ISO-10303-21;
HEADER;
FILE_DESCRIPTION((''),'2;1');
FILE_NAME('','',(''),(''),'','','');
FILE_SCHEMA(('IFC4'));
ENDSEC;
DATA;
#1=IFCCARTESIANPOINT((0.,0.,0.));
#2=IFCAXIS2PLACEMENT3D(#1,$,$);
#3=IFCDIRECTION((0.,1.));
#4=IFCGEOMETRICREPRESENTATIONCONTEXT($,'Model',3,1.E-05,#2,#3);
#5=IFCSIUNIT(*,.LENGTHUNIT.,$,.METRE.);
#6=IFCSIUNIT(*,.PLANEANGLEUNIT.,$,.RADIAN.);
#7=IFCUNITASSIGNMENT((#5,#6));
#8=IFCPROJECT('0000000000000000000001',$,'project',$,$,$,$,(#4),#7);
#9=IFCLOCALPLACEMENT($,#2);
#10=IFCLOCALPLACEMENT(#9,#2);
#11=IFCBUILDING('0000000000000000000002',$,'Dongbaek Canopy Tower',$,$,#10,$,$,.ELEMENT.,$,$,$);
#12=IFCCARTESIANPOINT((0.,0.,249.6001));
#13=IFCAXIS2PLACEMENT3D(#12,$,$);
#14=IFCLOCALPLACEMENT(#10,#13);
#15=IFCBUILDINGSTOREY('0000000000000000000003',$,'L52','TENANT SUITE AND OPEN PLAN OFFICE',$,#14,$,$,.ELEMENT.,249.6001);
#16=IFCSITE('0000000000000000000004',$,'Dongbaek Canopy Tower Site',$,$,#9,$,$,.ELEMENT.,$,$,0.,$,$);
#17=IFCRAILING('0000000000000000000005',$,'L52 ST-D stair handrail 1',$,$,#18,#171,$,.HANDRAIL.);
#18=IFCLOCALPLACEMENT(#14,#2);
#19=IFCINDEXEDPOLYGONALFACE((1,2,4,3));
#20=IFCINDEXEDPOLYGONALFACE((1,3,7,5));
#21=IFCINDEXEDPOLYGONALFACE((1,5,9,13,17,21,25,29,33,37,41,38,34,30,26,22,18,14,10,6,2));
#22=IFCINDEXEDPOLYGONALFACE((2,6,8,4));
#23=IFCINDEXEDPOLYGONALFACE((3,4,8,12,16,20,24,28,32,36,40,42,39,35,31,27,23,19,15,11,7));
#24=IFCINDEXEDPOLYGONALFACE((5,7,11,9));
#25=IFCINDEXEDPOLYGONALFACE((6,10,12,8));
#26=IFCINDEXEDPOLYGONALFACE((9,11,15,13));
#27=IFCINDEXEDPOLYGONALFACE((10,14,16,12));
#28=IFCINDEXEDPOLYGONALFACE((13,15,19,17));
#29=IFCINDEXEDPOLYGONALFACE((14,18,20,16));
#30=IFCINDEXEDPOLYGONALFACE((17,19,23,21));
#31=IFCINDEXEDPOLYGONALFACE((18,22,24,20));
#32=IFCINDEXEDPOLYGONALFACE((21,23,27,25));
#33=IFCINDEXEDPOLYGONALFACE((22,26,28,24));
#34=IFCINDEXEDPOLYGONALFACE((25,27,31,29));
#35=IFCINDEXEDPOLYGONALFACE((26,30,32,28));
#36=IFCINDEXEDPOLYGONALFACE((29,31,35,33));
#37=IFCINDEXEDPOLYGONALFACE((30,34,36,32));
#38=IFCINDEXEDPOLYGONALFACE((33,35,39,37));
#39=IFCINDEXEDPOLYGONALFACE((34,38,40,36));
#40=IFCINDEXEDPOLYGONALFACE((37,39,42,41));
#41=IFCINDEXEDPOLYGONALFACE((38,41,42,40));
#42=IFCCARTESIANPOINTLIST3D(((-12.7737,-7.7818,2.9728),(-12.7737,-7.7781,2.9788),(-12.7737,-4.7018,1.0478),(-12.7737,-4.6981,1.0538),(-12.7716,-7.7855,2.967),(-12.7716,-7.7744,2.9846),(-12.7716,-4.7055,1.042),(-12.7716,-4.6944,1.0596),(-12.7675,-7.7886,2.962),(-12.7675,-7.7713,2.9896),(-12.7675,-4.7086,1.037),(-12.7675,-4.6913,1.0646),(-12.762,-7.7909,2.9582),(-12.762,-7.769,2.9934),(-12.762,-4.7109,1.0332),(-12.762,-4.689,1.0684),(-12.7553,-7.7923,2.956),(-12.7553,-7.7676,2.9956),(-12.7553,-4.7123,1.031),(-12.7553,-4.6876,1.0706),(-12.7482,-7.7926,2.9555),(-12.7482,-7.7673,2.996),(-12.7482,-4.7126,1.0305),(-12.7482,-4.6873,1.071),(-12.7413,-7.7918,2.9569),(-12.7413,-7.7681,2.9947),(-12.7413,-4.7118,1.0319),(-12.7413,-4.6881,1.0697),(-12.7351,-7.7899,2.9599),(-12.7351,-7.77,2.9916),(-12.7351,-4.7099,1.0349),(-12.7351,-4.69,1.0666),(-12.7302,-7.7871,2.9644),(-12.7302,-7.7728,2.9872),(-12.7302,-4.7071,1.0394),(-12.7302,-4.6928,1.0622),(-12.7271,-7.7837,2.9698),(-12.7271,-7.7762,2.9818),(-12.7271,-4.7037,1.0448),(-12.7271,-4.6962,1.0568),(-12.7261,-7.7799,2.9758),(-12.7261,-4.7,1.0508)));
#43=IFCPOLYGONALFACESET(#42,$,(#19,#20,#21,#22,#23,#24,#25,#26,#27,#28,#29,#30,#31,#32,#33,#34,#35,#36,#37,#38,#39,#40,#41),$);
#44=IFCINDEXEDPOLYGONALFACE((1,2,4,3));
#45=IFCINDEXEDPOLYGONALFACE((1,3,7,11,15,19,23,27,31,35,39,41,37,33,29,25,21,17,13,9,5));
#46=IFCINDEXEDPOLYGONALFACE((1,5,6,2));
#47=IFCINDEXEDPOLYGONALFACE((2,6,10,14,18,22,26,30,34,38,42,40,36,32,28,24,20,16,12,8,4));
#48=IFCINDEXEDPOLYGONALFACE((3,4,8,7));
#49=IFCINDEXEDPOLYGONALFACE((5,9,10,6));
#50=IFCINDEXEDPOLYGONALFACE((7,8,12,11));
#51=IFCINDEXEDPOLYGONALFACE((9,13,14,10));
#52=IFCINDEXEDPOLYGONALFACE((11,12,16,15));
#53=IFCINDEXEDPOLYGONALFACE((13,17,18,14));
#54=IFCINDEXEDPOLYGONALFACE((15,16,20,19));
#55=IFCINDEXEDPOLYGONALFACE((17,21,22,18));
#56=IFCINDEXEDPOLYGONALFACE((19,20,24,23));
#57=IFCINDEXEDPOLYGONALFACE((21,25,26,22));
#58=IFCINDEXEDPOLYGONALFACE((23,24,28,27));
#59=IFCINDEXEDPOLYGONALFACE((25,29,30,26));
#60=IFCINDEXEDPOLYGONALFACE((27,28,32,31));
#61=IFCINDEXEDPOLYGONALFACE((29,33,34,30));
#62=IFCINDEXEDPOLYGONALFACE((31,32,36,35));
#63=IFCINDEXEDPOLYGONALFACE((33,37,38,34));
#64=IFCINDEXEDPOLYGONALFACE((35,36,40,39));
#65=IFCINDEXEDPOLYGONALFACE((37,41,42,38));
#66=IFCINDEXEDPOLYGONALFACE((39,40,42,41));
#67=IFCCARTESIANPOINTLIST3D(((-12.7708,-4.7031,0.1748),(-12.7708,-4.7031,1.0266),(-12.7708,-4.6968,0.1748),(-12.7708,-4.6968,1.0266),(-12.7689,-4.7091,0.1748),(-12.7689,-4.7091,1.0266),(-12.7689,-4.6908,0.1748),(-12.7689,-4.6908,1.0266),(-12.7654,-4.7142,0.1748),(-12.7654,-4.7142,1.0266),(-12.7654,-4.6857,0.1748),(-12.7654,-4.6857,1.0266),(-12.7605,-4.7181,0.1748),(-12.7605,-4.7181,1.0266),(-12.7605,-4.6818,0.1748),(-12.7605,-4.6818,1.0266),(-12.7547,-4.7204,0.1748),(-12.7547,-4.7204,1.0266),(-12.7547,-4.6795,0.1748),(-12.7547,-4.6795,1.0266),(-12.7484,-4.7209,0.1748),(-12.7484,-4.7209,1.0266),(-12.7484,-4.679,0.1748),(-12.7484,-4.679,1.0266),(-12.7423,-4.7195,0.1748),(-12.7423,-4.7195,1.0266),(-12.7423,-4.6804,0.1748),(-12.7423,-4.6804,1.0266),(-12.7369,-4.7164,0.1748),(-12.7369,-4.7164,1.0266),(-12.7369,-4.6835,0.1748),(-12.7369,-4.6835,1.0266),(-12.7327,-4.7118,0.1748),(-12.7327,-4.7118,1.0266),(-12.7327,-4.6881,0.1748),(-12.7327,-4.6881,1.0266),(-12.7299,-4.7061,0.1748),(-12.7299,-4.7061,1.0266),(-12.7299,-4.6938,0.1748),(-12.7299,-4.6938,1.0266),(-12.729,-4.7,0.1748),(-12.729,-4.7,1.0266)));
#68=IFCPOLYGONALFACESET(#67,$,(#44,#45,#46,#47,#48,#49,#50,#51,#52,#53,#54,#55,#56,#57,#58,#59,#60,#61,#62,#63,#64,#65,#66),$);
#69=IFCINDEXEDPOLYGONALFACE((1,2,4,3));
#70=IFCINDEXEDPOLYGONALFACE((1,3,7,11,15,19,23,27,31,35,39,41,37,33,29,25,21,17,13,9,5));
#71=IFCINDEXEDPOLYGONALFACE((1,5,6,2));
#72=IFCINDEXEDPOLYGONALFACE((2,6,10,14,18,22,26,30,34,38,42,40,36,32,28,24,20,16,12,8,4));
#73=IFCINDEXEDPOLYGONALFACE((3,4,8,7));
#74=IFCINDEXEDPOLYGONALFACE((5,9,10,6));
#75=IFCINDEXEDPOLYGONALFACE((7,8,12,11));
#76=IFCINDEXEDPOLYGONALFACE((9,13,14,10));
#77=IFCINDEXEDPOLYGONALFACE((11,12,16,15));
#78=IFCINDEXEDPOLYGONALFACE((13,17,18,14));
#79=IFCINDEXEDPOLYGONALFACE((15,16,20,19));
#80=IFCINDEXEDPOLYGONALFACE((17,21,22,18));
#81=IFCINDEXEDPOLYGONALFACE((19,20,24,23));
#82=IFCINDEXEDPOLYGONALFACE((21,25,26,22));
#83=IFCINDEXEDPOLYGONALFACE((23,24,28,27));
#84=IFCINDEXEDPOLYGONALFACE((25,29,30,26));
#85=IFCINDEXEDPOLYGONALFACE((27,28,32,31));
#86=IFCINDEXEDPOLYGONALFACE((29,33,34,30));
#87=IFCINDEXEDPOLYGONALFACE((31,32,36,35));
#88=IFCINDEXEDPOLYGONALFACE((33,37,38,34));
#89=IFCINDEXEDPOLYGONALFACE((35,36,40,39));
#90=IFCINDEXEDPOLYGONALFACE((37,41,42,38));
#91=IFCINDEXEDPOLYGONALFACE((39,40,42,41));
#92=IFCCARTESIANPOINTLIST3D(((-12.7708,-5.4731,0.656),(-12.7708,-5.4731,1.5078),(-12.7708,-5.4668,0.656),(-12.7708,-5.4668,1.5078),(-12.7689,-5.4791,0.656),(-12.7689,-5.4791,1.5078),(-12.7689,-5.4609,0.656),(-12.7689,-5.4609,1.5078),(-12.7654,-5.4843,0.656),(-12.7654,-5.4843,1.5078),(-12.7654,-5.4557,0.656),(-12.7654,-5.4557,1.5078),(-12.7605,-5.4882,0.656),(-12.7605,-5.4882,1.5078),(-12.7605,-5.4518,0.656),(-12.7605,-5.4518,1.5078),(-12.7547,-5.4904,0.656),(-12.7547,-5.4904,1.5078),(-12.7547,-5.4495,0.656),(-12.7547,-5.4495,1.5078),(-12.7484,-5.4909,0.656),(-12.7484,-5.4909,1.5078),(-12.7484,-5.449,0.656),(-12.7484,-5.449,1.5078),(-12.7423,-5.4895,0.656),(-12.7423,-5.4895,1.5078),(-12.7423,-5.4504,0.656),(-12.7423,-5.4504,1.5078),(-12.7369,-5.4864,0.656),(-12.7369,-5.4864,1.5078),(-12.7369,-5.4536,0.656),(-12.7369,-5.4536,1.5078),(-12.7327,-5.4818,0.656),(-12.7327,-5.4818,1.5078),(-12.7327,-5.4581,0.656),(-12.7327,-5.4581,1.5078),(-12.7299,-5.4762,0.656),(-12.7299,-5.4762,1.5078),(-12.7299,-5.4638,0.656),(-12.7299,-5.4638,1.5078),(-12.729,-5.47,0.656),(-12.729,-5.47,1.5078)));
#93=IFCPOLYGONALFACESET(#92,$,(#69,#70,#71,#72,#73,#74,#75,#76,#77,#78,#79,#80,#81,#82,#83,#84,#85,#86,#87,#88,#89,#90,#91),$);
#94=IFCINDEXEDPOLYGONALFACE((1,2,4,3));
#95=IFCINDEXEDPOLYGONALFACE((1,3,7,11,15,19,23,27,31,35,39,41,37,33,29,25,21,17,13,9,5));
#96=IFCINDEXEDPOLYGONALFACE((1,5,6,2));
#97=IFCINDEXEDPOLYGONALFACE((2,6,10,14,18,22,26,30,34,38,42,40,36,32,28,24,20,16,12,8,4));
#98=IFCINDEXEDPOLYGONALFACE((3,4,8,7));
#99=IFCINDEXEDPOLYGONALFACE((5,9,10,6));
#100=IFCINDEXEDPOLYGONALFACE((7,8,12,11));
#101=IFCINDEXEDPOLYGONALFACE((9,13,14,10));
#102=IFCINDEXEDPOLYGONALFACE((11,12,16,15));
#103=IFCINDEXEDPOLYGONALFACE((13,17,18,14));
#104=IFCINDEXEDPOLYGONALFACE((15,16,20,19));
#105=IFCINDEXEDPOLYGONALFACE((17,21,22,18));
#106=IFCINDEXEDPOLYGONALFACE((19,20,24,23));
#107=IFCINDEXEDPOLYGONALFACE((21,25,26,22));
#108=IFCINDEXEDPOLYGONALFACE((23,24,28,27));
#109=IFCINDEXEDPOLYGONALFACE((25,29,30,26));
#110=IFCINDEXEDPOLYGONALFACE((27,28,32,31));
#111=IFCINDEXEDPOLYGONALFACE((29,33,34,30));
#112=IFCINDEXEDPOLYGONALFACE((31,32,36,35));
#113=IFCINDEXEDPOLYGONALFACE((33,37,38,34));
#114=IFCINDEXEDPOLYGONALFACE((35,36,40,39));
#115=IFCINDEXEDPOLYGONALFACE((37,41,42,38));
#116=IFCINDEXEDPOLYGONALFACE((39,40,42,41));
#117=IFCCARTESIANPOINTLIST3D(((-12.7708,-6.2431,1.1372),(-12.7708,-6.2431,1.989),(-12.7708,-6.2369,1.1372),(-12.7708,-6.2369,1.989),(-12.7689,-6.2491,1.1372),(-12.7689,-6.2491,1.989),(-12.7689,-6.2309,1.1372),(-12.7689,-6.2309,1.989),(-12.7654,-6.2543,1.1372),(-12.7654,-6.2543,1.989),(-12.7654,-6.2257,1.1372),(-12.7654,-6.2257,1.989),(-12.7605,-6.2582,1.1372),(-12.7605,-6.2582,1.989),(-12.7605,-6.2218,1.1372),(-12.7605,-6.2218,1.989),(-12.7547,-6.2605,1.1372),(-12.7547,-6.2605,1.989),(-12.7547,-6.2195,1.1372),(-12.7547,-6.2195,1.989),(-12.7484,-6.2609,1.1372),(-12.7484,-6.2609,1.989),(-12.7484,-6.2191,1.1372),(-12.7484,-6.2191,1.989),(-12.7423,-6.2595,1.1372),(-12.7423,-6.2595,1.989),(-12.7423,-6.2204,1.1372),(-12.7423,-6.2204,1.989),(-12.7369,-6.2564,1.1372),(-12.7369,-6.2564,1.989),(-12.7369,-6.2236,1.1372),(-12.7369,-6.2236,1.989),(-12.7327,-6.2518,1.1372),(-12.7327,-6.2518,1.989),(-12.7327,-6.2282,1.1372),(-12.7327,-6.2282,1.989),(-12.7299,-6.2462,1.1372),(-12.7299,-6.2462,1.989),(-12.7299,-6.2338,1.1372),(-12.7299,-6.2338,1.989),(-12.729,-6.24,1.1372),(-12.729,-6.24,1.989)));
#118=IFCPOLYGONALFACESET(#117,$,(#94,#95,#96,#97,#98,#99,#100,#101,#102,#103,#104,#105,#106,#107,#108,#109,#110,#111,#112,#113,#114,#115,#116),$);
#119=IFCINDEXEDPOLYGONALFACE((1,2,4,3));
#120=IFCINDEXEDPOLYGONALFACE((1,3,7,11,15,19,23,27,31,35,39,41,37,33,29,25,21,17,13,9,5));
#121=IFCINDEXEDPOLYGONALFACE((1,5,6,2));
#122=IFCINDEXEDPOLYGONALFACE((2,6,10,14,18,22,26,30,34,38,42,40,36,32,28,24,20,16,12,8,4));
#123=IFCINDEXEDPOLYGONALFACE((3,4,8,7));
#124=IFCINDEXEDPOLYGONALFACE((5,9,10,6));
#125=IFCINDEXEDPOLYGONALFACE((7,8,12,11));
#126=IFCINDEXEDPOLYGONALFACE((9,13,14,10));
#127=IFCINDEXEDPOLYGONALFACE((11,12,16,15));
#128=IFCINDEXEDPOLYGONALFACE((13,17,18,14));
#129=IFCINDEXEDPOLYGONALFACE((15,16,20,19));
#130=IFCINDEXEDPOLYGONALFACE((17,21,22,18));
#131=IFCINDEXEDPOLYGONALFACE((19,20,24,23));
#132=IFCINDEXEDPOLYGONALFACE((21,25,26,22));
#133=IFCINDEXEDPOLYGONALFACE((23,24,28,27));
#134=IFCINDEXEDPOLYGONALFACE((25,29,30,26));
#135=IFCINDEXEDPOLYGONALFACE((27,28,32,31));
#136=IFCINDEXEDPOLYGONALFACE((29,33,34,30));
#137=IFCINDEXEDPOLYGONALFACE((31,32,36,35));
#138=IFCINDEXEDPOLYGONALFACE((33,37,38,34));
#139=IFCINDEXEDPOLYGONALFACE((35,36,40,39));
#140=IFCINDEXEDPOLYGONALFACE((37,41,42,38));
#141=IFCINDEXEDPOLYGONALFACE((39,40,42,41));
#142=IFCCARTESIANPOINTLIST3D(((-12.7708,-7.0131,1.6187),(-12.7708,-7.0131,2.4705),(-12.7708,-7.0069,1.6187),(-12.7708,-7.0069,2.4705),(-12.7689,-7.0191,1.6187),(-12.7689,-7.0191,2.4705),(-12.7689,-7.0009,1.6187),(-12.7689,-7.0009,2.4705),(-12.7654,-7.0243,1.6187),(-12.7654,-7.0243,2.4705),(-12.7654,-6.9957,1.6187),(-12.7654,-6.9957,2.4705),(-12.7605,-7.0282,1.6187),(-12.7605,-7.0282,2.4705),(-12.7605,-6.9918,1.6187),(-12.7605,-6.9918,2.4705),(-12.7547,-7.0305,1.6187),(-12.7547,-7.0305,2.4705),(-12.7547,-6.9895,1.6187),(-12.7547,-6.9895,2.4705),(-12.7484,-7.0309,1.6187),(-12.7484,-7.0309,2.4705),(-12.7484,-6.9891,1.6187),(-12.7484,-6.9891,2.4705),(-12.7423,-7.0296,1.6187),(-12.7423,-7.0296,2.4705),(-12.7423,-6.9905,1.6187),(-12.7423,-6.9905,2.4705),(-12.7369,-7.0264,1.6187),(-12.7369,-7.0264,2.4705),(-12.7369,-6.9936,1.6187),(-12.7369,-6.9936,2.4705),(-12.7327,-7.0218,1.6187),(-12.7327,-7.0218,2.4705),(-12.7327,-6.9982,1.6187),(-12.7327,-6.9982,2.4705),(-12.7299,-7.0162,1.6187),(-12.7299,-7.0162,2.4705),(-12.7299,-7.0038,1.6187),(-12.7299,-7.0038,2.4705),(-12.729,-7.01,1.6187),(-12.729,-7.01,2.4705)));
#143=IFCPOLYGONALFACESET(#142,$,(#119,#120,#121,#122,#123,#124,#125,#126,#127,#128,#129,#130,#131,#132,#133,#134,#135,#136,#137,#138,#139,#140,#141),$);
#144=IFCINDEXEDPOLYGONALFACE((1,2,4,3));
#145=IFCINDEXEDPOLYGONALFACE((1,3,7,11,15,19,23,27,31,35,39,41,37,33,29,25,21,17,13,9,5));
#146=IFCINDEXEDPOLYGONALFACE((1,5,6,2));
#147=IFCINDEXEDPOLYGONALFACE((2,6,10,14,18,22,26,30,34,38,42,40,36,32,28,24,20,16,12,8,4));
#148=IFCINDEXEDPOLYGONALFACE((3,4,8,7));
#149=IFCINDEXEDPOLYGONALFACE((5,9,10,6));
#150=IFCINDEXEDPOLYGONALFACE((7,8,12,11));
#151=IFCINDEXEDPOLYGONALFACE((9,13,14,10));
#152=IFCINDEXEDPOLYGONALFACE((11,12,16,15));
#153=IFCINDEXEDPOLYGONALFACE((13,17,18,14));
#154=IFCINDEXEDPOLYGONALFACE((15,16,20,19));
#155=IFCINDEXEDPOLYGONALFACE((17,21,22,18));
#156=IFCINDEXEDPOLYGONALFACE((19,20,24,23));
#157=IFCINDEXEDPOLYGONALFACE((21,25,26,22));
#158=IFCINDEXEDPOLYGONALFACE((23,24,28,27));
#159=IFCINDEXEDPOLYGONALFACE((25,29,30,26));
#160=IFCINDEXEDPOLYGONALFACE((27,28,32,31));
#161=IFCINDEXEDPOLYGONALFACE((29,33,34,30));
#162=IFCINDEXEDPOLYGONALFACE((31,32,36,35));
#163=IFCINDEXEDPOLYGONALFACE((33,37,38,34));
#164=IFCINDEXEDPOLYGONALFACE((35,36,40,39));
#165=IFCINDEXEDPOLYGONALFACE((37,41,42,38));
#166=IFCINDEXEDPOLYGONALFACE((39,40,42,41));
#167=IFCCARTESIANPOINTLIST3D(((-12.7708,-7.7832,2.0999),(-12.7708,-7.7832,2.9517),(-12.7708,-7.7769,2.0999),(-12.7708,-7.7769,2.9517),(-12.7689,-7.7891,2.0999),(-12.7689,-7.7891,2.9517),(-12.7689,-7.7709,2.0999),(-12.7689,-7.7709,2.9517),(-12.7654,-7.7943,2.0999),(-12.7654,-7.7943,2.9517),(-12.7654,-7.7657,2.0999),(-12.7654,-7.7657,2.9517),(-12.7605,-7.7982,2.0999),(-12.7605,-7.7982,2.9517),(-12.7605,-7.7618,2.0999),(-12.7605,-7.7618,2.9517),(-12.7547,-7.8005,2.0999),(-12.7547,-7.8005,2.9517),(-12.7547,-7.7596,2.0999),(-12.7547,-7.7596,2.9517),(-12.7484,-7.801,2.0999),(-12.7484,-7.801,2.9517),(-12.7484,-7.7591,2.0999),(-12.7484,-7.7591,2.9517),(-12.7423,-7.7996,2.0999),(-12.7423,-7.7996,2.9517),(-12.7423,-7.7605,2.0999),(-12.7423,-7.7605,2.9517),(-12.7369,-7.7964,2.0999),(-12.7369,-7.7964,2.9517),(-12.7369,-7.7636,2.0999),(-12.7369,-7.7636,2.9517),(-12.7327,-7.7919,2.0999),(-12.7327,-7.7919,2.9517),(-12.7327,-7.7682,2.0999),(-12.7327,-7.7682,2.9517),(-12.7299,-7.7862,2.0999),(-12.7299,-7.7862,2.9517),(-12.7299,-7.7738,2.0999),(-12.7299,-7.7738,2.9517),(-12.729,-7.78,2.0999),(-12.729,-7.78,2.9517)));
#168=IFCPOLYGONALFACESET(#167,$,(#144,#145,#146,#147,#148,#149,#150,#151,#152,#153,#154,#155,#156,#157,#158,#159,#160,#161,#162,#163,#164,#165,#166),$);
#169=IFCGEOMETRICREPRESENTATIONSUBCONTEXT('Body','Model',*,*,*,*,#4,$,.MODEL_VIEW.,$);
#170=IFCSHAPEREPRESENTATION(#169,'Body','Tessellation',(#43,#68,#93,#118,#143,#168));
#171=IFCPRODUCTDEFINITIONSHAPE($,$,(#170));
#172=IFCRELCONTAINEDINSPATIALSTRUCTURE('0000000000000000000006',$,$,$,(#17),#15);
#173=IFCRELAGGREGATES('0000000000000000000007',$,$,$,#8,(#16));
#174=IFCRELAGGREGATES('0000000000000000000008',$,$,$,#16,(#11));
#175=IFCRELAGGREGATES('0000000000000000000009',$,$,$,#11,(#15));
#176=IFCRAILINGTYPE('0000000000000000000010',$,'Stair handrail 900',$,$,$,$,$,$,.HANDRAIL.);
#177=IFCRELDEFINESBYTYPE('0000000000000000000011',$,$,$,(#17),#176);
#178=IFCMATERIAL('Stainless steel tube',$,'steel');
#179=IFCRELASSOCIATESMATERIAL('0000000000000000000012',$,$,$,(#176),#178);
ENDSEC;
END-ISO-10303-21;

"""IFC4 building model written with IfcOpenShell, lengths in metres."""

from ifc_helpers import new_model, si_unit, direction, frame, origin, origin_2d, place, context, subcontext, project, spatial, circle, extrude, material, type_object, element, save


model = new_model("IFC4")

# Units and contexts
model_context = context("Model", 3, precision=1e-05, world=origin(), true_north=direction((0.0, 1.0)))
body_context = subcontext(model_context, "Body", "Model", "MODEL_VIEW")
ifc_project = project(units=[si_unit("LENGTHUNIT", "METRE"), si_unit("PLANEANGLEUNIT", "RADIAN")], contexts=[model_context])

# Site, building, storey
site_placement = place(None, origin())
site = spatial("IfcSite", under=ifc_project, at=site_placement, Name="Dongbaek Canopy Tower Site", CompositionType="ELEMENT", RefElevation=0.0)
building_placement = place(site_placement, origin())
building = spatial("IfcBuilding", under=site, at=building_placement, Name="Dongbaek Canopy Tower", CompositionType="ELEMENT")
storey_placement = place(building_placement, frame((0.0, 0.0, 249.6001)))
storey = spatial("IfcBuildingStorey", under=building, at=storey_placement, Name="L52", Description="TENANT SUITE AND OPEN PLAN OFFICE", CompositionType="ELEMENT", Elevation=249.6001)

# Railing
ifc_material_1 = material(Name="Stainless steel tube", Category="steel")
railing_type_1 = type_object("IfcRailingType", Name="Stair handrail 900", PredefinedType="HANDRAIL", material=ifc_material_1)
railing_1_placement = place(storey_placement, frame((-12.75, -4.7, 0.1748)))
element("IfcRailing", 1, at=railing_1_placement, inside=storey, type_object=railing_type_1, Name="L52 ST-D stair handrail 1", PredefinedType="HANDRAIL", context=body_context, shape_type="SweptSolid", body=[
    extrude(circle(Radius=0.0239, at=origin_2d()), frame((0.0, 0.0, 0.876), z_axis=(0.0, -0.847998, 0.529999), x_axis=(1.0, 0.0, 0.0)), (0.0, 0.0, 1.0), 3.6321),
    extrude(circle(Radius=0.021, at=origin_2d()), origin(), (0.0, 0.0, 1.0), 0.8518),
    extrude(circle(Radius=0.021, at=origin_2d()), frame((0.0, -0.77, 0.4812)), (0.0, 0.0, 1.0), 0.8518),
    extrude(circle(Radius=0.021, at=origin_2d()), frame((0.0, -1.54, 0.9624)), (0.0, 0.0, 1.0), 0.8518),
    extrude(circle(Radius=0.021, at=origin_2d()), frame((0.0, -2.3101, 1.4438)), (0.0, 0.0, 1.0), 0.8518),
    extrude(circle(Radius=0.021, at=origin_2d()), frame((0.0, -3.0801, 1.925)), (0.0, 0.0, 1.0), 0.8518),
])

save(model, "model.ifc")
